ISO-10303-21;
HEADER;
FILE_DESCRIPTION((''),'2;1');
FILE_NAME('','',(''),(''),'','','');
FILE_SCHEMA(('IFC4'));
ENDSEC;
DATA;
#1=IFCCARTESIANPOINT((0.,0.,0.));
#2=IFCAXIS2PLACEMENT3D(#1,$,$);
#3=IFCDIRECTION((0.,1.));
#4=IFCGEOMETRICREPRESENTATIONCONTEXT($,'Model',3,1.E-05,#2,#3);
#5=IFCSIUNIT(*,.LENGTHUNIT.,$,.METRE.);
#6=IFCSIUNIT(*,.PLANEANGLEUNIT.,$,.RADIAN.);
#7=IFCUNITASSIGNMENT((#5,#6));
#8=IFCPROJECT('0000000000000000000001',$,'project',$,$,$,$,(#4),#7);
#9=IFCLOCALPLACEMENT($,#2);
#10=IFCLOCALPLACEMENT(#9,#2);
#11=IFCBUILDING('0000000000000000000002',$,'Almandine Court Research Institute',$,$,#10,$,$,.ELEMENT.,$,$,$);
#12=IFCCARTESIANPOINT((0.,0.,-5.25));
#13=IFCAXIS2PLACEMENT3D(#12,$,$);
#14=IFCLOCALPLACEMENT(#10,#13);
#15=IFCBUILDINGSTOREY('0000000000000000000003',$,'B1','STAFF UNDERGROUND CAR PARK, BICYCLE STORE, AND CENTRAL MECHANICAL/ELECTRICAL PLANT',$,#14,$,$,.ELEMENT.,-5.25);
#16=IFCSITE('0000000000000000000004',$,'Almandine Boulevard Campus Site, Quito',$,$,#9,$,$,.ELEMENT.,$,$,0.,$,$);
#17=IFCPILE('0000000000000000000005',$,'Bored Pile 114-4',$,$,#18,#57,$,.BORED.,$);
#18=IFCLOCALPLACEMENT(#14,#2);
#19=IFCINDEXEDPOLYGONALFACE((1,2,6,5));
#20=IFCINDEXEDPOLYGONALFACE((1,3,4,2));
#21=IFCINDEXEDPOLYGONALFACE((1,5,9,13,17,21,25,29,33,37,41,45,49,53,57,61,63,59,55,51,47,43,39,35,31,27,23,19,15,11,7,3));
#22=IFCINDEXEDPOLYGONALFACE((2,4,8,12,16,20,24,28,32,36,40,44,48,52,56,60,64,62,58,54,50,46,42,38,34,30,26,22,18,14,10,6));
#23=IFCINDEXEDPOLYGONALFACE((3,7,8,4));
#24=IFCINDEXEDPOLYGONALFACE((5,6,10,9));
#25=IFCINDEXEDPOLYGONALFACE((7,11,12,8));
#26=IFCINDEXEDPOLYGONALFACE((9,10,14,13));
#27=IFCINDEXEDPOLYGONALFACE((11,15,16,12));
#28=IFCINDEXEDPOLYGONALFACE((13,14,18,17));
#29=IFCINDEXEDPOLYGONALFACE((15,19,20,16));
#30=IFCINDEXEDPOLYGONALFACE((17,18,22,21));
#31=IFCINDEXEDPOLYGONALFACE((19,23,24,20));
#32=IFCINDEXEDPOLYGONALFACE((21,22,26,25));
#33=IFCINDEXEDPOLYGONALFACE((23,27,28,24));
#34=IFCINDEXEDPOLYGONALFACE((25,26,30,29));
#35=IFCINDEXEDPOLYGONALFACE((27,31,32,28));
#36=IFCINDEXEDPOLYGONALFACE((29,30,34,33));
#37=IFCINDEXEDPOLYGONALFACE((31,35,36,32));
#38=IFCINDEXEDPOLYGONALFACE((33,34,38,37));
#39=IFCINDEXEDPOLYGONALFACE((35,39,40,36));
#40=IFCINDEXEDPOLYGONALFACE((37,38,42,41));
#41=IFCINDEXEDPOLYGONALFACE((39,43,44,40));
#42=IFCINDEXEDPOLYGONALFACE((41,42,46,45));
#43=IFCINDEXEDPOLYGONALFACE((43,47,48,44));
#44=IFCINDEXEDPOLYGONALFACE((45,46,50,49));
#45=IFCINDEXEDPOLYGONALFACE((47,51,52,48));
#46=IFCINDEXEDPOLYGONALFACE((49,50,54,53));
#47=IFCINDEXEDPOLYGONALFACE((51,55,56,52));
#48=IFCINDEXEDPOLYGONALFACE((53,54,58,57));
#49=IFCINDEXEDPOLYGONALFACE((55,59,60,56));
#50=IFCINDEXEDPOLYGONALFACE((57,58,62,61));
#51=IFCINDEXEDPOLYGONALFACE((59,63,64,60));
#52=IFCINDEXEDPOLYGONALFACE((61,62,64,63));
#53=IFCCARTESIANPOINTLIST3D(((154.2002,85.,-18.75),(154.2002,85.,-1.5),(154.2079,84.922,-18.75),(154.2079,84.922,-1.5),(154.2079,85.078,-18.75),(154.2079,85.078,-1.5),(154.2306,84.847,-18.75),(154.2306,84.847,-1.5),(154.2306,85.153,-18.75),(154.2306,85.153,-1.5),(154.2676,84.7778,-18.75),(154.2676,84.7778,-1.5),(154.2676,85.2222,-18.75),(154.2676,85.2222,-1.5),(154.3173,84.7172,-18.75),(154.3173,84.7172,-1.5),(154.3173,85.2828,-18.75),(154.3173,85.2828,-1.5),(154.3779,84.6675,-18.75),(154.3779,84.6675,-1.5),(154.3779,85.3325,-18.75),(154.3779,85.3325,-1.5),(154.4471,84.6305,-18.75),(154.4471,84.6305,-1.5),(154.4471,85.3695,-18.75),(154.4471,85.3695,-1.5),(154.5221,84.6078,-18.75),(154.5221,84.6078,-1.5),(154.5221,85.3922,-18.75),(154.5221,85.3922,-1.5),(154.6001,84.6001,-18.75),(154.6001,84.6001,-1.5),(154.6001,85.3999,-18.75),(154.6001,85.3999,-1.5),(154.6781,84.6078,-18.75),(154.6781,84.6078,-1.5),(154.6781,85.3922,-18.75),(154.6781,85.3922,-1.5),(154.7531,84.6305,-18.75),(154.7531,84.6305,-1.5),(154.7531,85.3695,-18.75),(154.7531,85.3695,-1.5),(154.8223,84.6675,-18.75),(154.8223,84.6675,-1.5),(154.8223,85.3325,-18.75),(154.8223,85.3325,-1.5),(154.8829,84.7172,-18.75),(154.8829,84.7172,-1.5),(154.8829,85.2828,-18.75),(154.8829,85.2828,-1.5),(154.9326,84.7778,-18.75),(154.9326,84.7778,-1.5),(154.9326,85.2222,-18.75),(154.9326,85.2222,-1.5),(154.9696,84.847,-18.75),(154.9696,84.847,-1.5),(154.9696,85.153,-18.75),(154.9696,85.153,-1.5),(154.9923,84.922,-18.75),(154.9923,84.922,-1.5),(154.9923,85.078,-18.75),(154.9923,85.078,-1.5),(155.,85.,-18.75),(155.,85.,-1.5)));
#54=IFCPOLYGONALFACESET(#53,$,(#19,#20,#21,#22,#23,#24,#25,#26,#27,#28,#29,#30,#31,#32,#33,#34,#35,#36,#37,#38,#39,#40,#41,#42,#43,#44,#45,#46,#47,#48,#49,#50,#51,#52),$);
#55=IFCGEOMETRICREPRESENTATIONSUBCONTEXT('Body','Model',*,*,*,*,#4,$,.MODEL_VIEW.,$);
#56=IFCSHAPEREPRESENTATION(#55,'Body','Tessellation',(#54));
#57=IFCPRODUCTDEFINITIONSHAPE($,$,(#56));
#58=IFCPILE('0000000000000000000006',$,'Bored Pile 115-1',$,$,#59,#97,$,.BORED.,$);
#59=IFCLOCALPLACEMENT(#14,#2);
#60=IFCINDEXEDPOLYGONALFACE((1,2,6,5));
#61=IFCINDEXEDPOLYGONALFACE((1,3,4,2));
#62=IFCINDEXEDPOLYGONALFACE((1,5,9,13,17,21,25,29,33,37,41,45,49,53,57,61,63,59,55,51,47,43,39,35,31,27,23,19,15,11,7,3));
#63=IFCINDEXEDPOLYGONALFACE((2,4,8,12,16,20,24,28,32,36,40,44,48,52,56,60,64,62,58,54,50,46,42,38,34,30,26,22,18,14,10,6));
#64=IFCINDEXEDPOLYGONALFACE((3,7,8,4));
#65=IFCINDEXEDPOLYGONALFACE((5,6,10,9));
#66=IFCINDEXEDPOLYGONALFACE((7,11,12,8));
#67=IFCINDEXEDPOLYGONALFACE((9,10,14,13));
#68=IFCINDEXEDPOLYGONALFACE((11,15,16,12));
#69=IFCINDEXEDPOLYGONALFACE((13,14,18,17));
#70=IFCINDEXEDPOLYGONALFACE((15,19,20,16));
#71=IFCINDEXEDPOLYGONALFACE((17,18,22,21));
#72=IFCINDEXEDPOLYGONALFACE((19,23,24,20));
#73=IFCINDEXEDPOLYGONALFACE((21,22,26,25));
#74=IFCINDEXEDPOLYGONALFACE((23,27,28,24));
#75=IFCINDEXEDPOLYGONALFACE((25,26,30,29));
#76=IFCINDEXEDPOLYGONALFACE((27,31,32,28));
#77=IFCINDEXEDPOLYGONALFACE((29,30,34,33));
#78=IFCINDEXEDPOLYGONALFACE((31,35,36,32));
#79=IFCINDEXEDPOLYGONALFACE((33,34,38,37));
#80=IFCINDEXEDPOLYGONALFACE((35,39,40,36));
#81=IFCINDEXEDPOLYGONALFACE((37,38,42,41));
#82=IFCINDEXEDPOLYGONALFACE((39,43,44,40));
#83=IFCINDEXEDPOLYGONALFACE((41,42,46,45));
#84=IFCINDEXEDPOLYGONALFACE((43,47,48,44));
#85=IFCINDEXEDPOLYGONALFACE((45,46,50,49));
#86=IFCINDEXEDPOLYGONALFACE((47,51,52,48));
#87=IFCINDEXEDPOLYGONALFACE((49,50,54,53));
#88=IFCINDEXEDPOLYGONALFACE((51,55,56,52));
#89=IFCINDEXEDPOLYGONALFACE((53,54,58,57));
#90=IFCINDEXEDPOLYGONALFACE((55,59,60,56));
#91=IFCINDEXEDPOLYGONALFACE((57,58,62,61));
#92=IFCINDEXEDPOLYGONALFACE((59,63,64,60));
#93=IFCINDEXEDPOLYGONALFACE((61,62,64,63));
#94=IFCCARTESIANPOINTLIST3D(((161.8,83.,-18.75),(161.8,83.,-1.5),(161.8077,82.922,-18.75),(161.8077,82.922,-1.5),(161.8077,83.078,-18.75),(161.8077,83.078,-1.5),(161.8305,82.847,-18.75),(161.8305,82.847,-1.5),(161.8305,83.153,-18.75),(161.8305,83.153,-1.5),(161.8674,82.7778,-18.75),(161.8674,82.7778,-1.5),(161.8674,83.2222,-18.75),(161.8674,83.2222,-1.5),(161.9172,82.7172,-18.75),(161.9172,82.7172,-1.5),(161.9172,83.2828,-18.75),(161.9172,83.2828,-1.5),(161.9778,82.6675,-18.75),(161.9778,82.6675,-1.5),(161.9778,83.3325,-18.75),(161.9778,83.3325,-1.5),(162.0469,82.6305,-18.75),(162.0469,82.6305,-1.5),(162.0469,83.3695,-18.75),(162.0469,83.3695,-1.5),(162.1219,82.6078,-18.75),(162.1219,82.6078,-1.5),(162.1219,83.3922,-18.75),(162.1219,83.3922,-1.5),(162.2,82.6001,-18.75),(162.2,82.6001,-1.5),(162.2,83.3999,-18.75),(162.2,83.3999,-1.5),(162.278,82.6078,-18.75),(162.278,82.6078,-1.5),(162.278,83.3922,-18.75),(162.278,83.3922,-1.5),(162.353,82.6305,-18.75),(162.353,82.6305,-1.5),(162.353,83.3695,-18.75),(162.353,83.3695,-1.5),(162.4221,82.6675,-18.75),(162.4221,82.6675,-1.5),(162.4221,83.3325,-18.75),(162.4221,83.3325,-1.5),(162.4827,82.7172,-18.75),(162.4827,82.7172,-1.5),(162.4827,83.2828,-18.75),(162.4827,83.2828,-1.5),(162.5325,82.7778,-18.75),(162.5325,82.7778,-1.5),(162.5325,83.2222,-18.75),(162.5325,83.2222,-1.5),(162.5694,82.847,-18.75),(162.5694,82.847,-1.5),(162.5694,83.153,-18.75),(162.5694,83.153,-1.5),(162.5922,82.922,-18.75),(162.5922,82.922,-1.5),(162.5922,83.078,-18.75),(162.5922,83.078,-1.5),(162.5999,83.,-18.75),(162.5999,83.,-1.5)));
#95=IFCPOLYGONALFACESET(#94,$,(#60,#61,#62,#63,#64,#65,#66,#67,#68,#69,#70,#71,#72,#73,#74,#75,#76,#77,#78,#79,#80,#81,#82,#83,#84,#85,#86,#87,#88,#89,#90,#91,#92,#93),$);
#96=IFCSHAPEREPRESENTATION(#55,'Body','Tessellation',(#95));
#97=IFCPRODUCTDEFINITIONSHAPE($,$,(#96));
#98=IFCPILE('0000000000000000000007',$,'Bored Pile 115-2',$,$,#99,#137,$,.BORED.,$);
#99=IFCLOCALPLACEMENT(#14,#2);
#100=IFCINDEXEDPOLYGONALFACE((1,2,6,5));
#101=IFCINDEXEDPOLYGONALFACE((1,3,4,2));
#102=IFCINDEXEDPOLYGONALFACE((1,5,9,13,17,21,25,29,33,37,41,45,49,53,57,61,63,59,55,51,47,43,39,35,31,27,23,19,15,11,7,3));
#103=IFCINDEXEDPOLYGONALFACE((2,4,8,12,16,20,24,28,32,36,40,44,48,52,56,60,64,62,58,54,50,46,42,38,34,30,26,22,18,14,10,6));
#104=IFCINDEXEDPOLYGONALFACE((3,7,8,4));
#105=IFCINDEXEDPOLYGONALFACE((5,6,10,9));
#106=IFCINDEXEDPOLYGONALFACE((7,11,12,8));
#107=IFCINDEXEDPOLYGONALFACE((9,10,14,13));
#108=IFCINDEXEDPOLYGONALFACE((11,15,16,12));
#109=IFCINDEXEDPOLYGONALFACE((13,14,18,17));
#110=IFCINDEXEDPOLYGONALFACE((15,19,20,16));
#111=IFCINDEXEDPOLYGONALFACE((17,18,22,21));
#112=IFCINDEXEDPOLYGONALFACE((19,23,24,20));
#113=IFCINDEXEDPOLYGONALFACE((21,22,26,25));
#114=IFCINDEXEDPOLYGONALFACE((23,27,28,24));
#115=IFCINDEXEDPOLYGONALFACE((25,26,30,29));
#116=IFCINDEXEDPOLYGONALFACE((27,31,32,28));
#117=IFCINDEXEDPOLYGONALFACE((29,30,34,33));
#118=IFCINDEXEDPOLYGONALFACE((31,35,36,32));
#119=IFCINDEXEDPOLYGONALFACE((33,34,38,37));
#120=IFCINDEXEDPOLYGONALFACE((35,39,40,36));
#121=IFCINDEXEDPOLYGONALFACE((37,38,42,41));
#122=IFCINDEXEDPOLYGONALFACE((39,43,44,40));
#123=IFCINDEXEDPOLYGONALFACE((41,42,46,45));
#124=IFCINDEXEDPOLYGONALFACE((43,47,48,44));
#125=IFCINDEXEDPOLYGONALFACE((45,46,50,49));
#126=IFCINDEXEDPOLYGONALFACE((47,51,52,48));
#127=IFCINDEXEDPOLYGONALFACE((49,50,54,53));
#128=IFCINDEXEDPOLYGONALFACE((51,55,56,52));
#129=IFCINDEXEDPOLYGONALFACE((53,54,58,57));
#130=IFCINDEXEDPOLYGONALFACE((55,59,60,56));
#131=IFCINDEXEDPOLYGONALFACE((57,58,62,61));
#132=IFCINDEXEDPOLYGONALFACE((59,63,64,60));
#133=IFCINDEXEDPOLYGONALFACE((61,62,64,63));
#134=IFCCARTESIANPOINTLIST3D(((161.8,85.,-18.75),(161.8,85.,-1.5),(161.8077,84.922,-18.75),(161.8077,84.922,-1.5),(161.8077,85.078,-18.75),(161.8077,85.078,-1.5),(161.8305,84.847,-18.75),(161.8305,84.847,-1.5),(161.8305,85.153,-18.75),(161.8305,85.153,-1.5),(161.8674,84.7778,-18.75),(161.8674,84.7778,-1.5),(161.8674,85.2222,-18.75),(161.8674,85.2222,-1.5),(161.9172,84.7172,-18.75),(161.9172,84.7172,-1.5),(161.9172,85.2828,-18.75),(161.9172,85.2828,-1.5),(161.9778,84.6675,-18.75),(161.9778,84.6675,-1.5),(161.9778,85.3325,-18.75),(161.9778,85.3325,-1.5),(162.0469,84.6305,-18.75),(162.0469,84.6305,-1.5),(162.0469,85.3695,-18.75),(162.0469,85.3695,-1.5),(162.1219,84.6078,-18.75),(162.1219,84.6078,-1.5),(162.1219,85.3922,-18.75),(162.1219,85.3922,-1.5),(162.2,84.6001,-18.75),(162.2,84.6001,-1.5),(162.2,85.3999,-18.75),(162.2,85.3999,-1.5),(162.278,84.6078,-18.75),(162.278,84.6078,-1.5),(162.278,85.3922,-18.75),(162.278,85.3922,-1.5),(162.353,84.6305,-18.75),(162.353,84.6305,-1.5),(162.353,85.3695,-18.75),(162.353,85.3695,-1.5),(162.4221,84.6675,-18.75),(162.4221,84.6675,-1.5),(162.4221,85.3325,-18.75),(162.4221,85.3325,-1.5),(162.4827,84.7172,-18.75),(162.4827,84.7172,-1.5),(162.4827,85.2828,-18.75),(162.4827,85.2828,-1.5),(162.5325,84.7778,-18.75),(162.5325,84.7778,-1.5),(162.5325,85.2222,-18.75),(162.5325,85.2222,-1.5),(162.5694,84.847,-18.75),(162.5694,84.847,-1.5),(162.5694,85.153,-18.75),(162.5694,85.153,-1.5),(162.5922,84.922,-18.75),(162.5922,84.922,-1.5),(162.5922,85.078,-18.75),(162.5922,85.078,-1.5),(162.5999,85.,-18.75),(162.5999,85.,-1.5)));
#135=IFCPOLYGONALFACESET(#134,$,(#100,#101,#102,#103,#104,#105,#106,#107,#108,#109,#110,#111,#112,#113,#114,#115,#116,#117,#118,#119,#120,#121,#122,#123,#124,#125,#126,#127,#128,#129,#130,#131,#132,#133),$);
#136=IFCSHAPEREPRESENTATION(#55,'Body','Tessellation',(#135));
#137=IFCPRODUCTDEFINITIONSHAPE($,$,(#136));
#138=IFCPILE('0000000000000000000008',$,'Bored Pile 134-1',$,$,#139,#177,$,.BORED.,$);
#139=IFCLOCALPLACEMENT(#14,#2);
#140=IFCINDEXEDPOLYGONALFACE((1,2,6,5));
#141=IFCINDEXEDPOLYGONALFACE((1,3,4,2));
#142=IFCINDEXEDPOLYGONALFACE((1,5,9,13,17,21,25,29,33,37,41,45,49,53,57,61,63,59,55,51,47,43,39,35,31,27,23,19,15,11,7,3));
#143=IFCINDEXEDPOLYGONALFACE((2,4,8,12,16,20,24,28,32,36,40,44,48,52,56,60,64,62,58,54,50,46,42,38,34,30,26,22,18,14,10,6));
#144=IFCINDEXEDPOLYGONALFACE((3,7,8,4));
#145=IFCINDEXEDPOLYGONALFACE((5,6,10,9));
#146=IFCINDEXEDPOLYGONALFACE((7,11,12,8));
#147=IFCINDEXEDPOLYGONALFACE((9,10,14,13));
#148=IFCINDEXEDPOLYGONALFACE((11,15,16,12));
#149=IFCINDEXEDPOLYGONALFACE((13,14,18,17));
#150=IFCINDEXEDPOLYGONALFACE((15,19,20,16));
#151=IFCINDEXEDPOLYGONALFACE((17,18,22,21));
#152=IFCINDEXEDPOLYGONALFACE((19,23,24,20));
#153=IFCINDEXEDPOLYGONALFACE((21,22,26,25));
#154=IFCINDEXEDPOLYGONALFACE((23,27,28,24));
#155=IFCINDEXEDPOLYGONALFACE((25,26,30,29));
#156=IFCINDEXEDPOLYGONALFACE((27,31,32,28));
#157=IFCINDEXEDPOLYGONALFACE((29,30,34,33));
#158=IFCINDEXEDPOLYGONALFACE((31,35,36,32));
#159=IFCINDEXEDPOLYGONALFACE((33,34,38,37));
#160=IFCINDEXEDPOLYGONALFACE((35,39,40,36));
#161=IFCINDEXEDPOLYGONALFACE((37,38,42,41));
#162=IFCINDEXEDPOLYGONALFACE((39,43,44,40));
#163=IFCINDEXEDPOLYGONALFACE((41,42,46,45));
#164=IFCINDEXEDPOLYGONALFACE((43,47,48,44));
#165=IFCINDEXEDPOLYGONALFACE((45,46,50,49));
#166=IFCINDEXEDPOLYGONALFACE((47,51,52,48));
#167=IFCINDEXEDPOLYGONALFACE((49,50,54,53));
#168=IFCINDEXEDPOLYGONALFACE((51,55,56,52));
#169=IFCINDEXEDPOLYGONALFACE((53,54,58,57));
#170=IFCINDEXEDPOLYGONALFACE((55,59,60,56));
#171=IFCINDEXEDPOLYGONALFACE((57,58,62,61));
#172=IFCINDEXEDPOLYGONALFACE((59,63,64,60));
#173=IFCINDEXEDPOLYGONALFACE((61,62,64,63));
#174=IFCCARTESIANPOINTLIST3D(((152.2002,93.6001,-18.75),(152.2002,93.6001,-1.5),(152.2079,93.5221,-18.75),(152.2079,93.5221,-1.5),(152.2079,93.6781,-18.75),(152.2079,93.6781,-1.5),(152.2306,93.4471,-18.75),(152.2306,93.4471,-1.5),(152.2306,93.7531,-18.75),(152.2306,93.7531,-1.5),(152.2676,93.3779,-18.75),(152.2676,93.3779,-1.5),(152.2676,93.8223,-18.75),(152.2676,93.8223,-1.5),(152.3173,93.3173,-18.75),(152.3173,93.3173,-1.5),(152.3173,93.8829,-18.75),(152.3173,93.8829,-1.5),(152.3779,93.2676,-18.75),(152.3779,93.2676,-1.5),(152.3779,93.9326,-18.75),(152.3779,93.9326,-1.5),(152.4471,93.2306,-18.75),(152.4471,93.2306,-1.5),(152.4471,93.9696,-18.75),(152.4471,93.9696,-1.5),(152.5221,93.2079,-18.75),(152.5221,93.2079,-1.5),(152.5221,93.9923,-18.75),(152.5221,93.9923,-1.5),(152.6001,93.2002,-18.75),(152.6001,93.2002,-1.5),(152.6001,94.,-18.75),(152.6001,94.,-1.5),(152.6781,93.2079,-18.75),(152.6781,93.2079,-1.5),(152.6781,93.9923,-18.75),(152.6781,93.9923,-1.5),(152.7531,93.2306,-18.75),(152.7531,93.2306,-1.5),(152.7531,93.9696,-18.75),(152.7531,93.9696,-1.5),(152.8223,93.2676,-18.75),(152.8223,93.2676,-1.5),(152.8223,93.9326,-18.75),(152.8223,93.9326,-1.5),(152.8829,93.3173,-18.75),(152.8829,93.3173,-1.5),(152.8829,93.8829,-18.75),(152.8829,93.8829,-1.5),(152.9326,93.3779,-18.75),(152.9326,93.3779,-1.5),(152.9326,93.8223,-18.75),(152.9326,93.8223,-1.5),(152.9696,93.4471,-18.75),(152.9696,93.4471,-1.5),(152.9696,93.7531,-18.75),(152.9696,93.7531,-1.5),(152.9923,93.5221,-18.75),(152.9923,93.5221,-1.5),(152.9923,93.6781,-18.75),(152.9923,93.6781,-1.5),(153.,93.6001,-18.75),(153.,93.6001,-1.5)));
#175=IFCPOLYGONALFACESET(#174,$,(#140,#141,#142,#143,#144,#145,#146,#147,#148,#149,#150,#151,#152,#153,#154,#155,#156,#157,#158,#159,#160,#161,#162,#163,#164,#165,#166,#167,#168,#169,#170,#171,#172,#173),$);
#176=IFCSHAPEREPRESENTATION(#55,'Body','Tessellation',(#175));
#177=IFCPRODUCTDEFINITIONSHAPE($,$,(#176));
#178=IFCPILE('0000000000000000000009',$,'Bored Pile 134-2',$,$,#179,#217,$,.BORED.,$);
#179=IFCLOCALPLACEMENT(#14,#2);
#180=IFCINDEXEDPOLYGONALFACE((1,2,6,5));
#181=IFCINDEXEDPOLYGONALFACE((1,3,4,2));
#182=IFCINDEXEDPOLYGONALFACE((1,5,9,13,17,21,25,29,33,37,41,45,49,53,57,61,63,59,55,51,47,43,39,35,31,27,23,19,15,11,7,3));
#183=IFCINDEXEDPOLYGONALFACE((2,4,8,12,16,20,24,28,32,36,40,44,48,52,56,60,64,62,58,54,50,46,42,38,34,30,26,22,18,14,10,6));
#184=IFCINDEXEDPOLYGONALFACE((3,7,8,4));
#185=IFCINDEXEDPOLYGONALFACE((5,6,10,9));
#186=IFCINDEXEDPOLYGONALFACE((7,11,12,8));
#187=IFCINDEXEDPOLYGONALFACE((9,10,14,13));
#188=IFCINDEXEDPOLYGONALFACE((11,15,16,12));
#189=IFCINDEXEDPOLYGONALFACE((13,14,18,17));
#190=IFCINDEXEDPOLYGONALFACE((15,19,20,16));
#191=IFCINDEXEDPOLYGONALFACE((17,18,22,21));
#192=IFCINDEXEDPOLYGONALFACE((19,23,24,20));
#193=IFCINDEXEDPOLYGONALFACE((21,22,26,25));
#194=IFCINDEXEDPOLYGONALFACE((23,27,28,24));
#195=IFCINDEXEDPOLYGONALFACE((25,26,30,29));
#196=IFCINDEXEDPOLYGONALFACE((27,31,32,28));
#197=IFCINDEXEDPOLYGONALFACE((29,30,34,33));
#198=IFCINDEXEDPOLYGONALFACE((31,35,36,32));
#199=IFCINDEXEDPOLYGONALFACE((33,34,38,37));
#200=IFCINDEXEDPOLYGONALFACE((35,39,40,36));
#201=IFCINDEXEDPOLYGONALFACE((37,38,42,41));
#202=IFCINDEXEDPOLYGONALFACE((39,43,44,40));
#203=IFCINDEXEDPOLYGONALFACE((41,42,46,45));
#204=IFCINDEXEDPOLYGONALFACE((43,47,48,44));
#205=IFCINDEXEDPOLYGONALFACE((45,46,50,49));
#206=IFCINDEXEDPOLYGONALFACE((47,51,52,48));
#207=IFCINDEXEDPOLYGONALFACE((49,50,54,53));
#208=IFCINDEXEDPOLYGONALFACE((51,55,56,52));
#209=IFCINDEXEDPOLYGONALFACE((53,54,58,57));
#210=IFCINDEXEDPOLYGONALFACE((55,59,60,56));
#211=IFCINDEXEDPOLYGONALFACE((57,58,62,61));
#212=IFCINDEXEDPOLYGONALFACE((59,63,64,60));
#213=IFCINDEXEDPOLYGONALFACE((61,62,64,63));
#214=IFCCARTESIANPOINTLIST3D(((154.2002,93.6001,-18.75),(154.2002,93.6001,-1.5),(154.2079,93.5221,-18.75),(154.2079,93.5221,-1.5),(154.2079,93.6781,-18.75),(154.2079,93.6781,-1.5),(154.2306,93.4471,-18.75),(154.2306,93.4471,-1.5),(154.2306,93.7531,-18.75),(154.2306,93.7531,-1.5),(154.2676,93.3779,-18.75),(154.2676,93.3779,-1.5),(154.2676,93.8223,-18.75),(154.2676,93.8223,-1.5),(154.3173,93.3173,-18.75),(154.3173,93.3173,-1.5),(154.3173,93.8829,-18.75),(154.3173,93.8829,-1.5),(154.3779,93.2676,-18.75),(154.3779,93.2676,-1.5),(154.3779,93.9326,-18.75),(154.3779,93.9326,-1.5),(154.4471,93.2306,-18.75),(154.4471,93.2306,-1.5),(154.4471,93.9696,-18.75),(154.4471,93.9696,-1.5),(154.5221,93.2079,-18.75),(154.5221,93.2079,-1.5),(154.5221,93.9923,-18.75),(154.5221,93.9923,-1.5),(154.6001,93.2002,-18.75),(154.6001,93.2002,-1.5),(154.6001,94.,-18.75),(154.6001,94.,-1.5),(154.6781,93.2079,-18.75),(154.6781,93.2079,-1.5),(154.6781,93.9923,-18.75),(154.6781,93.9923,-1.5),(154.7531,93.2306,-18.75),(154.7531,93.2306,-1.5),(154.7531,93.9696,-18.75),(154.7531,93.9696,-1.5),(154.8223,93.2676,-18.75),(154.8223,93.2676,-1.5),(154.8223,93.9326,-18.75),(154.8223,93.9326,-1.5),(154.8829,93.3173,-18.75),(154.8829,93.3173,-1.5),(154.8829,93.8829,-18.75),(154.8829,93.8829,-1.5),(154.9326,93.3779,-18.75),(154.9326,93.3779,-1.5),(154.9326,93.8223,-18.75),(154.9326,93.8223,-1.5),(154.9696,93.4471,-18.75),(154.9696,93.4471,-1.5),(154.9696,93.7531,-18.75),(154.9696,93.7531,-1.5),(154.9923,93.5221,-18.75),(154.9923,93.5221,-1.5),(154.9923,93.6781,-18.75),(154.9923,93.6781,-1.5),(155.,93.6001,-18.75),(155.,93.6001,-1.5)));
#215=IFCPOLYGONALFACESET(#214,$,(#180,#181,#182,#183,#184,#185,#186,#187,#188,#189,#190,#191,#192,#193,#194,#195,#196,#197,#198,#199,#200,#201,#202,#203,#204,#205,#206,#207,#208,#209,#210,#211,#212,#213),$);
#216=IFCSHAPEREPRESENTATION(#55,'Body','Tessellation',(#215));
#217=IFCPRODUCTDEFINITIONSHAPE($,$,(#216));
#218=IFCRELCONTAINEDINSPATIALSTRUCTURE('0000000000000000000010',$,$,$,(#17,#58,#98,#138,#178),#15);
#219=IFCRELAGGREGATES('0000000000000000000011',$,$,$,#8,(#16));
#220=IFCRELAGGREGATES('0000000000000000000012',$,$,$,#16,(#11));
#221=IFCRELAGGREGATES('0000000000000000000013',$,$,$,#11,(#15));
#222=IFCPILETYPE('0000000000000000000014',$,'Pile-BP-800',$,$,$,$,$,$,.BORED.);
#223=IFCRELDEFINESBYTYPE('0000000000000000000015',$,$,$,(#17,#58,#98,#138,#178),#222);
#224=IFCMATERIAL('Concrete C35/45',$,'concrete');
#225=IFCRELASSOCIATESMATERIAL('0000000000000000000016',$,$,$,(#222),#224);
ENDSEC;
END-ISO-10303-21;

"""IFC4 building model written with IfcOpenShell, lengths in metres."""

from ifc_helpers import new_model, si_unit, direction, frame, origin, origin_2d, place, context, subcontext, project, spatial, circle, extrude, material, material_profile, profile_set, type_object, element, save


model = new_model("IFC4")

# Units and contexts
model_context = context("Model", 3, precision=1e-05, world=origin(), true_north=direction((0.0, 1.0)))
body_context = subcontext(model_context, "Body", "Model", "MODEL_VIEW")
ifc_project = project(units=[si_unit("LENGTHUNIT", "METRE"), si_unit("PLANEANGLEUNIT", "RADIAN")], contexts=[model_context])

# Site, building, storey
site_placement = place(None, origin())
site = spatial("IfcSite", under=ifc_project, at=site_placement, Name="Almandine Boulevard Campus Site, Quito", CompositionType="ELEMENT", RefElevation=0.0)
building_placement = place(site_placement, origin())
building = spatial("IfcBuilding", under=site, at=building_placement, Name="Almandine Court Research Institute", CompositionType="ELEMENT")
storey_placement = place(building_placement, frame((0.0, 0.0, -5.25)))
storey = spatial("IfcBuildingStorey", under=building, at=storey_placement, Name="B1", Description="STAFF UNDERGROUND CAR PARK, BICYCLE STORE, AND CENTRAL MECHANICAL/ELECTRICAL PLANT", CompositionType="ELEMENT", Elevation=-5.25)

# Shared definitions
ifc_material_1 = material(Name="Concrete C35/45", Category="concrete")

# Piles
ifc_material_profile_1 = material_profile(ifc_material_1, circle(Radius=0.3999, at=origin_2d()), Name="BORED PILE D800")
ifc_profile_set_1 = profile_set([ifc_material_profile_1], Name="Concrete C35/45")
pile_type = type_object("IfcPileType", Name="Pile-BP-800", PredefinedType="BORED", material=ifc_profile_set_1)
for number, where, z_axis, x_axis, name in (
    (1, (154.6001, 85.0, -1.5), (0.0, 0.0, -1.0), (1.0, 0.0, 0.0), "Bored Pile 114-4"),
    (2, (162.2, 83.0, -1.5), (0.0, 0.0, -1.0), (1.0, 0.0, 0.0), "Bored Pile 115-1"),
    (3, (162.2, 85.0, -1.5), (0.0, 0.0, -1.0), (1.0, 0.0, 0.0), "Bored Pile 115-2"),
    (4, (152.6001, 93.6001, -1.5), (0.0, 0.0, -1.0), (1.0, 0.0, 0.0), "Bored Pile 134-1"),
    (5, (154.6001, 93.6001, -1.5), (0.0, 0.0, -1.0), (1.0, 0.0, 0.0), "Bored Pile 134-2"),
):
    element("IfcPile", number, at=place(storey_placement, frame(where, z_axis=z_axis, x_axis=x_axis)), inside=storey, type_object=pile_type, Name=name, PredefinedType="BORED", context=body_context, shape_type="SweptSolid", body=[
        extrude(circle(Radius=0.3999, at=origin_2d()), origin(), (0.0, 0.0, 1.0), 17.25),
    ])

save(model, "model.ifc")
